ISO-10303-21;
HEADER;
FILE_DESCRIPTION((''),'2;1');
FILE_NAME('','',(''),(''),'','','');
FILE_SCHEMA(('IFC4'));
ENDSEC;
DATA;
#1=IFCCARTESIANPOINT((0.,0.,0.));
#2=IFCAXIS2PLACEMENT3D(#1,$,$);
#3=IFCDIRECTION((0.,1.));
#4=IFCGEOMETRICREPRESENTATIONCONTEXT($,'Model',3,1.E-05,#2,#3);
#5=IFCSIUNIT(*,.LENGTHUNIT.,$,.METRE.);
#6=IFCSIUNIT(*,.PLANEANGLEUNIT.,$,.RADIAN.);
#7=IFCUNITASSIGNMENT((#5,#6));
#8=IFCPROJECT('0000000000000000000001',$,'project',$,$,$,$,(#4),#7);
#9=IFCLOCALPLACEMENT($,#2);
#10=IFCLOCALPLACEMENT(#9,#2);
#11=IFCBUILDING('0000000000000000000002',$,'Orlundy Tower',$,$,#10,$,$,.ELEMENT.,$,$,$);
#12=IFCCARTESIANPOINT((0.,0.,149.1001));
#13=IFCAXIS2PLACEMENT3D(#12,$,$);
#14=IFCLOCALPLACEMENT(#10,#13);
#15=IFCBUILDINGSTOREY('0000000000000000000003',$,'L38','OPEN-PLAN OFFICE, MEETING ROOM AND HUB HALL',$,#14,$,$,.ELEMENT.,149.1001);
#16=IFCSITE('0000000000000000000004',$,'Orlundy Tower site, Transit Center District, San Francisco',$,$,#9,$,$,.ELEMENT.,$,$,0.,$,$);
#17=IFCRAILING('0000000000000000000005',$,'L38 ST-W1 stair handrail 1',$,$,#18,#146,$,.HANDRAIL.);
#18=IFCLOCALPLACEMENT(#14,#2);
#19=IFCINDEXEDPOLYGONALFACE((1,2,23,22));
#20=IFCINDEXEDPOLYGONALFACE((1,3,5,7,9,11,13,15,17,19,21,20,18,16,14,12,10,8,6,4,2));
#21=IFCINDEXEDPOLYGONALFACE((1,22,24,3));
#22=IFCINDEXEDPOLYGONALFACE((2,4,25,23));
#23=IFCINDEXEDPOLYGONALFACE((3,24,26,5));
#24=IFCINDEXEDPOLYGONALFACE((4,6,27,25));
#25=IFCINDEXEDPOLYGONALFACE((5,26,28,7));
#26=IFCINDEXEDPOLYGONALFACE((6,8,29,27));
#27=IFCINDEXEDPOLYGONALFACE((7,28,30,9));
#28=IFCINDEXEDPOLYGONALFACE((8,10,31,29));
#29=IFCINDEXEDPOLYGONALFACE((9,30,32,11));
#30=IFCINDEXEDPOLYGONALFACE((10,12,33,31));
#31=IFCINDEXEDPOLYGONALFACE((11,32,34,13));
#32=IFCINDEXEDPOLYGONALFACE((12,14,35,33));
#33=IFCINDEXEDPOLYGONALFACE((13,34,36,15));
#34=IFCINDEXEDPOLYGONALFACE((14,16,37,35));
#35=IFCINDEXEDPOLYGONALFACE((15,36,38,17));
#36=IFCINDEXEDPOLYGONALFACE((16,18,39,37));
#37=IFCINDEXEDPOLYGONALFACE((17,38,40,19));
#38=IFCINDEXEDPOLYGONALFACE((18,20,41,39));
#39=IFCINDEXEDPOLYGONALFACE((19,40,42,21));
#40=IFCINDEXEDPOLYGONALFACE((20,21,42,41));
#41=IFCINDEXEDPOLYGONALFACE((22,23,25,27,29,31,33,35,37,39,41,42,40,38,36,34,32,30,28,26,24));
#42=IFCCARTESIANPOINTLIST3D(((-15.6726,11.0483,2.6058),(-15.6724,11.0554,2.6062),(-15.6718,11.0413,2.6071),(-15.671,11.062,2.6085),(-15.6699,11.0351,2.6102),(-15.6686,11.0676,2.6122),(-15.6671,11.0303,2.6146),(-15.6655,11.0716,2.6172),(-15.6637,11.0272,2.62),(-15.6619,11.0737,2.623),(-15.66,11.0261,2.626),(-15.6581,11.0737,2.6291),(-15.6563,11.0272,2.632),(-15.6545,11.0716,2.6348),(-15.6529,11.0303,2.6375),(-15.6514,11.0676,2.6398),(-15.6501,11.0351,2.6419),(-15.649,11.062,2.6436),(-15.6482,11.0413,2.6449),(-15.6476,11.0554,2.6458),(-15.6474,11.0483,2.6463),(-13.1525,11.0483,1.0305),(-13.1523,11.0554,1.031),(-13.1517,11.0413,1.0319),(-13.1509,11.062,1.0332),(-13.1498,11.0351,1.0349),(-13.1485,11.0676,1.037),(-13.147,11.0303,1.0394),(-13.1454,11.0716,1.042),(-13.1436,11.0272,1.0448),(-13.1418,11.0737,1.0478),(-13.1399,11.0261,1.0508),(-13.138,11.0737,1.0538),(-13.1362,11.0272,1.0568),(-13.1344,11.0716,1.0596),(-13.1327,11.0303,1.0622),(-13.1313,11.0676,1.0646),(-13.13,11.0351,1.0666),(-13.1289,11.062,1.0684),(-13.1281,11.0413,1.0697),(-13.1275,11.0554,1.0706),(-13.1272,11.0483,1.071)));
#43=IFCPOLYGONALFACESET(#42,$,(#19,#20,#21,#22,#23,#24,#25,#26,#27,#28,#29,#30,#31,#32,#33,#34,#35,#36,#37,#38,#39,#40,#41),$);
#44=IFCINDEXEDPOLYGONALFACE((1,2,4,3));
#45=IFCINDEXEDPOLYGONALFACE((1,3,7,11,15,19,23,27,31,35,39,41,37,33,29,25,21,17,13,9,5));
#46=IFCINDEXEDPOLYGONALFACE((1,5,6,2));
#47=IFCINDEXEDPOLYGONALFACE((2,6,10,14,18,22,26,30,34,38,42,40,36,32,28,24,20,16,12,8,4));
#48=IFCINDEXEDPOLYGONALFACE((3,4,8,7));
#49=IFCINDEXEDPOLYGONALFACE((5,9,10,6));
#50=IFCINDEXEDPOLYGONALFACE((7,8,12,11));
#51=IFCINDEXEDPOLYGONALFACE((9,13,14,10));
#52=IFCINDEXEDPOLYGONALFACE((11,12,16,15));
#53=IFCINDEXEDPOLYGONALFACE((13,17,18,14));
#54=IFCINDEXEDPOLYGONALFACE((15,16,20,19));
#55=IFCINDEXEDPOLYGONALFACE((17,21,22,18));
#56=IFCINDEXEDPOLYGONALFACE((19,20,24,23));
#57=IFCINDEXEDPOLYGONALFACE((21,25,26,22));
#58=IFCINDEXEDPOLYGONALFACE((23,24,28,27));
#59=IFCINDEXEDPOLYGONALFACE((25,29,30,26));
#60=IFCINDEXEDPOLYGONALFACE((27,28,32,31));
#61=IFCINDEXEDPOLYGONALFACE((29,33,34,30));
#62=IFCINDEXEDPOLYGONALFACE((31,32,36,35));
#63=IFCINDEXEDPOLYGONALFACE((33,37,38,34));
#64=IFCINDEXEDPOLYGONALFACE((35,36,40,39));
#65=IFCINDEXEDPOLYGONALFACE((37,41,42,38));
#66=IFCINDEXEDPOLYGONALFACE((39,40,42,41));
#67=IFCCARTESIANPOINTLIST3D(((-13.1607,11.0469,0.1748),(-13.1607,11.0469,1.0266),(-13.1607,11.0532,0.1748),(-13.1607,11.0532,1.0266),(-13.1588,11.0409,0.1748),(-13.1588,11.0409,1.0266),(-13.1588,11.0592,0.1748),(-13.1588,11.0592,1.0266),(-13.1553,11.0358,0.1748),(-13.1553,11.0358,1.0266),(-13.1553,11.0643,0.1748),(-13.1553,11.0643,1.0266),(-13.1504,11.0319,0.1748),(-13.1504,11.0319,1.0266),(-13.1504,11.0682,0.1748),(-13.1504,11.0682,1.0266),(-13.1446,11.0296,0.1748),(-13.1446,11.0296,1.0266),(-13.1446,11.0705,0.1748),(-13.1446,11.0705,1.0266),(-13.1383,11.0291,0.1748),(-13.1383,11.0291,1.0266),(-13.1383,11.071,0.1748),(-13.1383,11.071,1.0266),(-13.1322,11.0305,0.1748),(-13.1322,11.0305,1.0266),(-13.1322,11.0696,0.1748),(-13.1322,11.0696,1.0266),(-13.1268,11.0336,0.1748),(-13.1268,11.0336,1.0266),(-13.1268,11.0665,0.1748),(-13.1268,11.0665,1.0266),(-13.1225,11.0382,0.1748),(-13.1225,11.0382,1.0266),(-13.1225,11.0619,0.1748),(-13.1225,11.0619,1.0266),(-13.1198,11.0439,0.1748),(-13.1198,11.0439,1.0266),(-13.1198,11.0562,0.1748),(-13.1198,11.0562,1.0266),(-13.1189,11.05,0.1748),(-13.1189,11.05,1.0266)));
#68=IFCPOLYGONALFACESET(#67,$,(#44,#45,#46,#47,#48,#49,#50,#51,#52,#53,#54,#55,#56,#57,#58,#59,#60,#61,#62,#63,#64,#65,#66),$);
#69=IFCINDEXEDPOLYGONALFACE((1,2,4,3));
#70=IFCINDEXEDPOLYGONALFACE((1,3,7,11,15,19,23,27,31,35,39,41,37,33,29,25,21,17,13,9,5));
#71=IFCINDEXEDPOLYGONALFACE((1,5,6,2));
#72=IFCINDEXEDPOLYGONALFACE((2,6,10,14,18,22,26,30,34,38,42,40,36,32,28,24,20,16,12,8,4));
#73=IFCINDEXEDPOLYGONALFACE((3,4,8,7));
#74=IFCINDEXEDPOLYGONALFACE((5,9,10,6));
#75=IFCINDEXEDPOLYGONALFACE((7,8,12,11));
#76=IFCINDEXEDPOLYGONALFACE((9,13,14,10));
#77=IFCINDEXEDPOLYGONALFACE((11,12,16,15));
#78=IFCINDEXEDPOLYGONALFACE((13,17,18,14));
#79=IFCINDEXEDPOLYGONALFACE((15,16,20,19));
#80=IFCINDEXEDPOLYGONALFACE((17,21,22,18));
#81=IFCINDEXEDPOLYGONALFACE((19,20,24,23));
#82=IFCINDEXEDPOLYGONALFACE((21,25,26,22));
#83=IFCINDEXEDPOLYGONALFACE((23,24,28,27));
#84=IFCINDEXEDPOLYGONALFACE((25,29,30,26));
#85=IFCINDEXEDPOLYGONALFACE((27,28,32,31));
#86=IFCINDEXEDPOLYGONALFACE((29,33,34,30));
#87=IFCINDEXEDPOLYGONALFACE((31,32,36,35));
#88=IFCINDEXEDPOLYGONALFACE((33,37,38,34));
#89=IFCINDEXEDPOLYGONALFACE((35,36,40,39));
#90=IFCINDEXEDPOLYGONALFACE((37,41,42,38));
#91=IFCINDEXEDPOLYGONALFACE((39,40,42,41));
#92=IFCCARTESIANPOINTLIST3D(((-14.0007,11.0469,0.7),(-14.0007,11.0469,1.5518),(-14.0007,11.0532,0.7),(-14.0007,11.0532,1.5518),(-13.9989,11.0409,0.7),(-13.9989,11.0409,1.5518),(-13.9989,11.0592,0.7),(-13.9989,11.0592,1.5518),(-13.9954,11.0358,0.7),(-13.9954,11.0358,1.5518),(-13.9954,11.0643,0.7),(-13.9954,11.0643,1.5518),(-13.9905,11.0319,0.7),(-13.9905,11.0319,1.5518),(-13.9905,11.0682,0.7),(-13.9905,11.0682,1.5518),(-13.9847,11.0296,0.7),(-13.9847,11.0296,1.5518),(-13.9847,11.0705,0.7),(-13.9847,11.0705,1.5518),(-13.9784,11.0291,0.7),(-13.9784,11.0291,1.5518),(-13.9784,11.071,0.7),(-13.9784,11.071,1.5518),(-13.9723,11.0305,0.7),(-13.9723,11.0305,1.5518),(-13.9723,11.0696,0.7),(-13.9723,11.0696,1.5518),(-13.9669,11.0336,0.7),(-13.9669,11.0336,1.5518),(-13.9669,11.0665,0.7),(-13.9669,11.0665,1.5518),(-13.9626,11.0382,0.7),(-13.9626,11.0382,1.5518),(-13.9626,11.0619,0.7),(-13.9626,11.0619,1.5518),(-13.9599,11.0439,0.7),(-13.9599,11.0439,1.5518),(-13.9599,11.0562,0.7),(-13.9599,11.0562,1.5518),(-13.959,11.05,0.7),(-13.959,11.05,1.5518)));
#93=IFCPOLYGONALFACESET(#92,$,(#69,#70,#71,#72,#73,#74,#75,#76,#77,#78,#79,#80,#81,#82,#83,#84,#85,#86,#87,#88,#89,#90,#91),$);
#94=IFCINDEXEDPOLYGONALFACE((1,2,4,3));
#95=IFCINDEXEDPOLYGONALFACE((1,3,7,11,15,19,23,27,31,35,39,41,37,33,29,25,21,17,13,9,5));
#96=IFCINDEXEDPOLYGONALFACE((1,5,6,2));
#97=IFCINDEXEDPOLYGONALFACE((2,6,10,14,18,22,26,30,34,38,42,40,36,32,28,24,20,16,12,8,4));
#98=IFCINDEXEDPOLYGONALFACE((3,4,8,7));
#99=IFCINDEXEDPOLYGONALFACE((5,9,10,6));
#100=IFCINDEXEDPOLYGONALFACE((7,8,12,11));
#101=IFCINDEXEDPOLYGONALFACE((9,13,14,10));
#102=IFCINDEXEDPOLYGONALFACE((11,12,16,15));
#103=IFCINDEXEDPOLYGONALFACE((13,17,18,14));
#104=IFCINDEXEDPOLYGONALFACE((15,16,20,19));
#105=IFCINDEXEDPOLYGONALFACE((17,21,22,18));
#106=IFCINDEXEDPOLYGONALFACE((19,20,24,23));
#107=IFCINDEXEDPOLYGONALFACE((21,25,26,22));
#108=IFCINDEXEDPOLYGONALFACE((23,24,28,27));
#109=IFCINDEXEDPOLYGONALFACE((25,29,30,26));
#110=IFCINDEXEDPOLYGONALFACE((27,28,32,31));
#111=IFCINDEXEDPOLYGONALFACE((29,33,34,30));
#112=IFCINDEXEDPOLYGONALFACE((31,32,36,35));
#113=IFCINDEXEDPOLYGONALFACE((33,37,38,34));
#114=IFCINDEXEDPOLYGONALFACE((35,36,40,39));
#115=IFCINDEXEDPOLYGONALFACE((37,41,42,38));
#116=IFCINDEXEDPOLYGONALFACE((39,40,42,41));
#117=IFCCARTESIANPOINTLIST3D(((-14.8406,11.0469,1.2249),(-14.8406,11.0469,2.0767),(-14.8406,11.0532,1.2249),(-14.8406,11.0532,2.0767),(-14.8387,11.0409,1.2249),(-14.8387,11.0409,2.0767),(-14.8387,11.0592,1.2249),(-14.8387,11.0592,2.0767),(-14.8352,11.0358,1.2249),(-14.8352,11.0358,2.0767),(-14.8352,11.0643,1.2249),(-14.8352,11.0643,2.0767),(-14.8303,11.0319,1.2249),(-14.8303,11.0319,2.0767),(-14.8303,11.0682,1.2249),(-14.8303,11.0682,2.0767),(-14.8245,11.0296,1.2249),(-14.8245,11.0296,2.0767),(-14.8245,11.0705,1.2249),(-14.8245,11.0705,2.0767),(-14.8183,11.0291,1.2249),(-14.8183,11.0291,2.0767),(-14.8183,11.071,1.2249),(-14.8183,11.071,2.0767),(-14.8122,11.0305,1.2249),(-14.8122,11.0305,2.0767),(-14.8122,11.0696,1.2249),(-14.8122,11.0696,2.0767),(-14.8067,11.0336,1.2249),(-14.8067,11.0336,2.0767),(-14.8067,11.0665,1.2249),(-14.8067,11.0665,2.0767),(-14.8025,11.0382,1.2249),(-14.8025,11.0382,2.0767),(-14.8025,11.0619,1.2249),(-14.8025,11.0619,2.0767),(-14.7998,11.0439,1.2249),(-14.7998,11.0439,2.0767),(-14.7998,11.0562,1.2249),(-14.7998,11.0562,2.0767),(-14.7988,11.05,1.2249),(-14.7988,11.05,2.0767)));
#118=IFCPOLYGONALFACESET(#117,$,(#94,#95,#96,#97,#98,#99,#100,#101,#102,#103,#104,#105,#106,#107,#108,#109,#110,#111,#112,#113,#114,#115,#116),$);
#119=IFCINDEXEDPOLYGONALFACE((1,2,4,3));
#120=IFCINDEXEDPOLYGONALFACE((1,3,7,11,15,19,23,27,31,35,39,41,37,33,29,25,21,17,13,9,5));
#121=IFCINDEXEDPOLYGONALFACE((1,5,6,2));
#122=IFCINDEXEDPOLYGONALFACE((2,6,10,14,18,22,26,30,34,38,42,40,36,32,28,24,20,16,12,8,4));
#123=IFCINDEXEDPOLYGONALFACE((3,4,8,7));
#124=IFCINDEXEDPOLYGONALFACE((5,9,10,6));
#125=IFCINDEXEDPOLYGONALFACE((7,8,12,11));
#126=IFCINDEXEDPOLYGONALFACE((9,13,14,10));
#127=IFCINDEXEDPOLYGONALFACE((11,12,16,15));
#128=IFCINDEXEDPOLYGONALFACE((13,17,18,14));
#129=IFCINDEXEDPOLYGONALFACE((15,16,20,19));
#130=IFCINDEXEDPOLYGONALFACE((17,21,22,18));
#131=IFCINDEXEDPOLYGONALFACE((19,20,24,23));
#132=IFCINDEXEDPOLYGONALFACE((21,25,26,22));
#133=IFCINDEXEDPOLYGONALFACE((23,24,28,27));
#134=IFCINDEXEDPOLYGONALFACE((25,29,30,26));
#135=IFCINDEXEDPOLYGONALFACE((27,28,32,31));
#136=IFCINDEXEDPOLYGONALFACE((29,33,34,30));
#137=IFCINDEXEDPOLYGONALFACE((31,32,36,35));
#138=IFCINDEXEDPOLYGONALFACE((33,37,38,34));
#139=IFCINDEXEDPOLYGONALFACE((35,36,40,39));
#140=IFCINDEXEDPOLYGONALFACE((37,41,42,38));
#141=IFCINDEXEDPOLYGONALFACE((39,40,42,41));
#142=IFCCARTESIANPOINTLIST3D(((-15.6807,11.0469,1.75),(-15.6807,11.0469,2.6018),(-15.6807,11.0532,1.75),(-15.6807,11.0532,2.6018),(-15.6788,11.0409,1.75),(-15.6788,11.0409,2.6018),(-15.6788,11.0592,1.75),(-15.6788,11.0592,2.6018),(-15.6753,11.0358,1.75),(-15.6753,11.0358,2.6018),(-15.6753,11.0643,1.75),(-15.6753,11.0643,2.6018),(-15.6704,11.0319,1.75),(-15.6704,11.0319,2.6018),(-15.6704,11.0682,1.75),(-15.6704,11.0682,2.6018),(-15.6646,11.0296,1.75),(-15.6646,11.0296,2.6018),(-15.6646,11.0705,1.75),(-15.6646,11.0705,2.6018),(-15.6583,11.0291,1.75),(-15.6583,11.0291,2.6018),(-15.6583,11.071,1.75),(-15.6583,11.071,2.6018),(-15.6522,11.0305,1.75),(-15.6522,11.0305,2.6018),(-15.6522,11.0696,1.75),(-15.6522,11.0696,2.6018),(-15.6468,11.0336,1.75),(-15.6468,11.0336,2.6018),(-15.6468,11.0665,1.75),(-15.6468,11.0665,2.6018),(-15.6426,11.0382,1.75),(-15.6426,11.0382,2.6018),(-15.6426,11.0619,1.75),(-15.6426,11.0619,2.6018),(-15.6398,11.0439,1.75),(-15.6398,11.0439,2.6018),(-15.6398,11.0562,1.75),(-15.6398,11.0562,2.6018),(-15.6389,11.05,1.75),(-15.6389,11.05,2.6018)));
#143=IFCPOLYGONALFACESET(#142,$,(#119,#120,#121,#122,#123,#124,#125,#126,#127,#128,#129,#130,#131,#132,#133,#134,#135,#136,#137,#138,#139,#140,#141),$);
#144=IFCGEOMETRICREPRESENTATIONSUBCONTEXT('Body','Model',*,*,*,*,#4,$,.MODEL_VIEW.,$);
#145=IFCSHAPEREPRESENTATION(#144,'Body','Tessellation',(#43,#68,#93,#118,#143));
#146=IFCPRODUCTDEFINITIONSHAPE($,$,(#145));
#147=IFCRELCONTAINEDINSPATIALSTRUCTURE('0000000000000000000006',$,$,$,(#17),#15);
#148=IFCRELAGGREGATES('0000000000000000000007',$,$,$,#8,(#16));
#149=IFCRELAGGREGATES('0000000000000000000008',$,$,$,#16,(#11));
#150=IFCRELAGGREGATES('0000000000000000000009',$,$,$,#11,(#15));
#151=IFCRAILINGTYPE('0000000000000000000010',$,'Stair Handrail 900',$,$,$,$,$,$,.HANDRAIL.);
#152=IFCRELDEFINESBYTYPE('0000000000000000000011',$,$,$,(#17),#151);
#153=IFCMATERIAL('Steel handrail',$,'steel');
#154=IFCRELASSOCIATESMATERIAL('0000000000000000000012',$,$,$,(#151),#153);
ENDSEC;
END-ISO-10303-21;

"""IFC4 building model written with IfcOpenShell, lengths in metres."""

from ifc_helpers import new_model, si_unit, direction, frame, origin, origin_2d, place, context, subcontext, project, spatial, circle, extrude, material, type_object, element, save


model = new_model("IFC4")

# Units and contexts
model_context = context("Model", 3, precision=1e-05, world=origin(), true_north=direction((0.0, 1.0)))
body_context = subcontext(model_context, "Body", "Model", "MODEL_VIEW")
ifc_project = project(units=[si_unit("LENGTHUNIT", "METRE"), si_unit("PLANEANGLEUNIT", "RADIAN")], contexts=[model_context])

# Site, building, storey
site_placement = place(None, origin())
site = spatial("IfcSite", under=ifc_project, at=site_placement, Name="Orlundy Tower site, Transit Center District, San Francisco", CompositionType="ELEMENT", RefElevation=0.0)
building_placement = place(site_placement, origin())
building = spatial("IfcBuilding", under=site, at=building_placement, Name="Orlundy Tower", CompositionType="ELEMENT")
storey_placement = place(building_placement, frame((0.0, 0.0, 149.1001)))
storey = spatial("IfcBuildingStorey", under=building, at=storey_placement, Name="L38", Description="OPEN-PLAN OFFICE, MEETING ROOM AND HUB HALL", CompositionType="ELEMENT", Elevation=149.1001)

# Railing
ifc_material_1 = material(Name="Steel handrail", Category="steel")
railing_type_1 = type_object("IfcRailingType", Name="Stair Handrail 900", PredefinedType="HANDRAIL", material=ifc_material_1)
railing_1_placement = place(storey_placement, frame((-13.1399, 11.05, 0.1748)))
element("IfcRailing", 1, at=railing_1_placement, inside=storey, type_object=railing_type_1, Name="L38 ST-W1 stair handrail 1", PredefinedType="HANDRAIL", context=body_context, shape_type="SweptSolid", body=[
    extrude(circle(Radius=0.0239, at=origin_2d()), frame((0.0, 0.0, 0.876), z_axis=(-0.847971, 0.0, 0.530043), x_axis=(0.0, -1.0, 0.0)), (0.0, 0.0, 1.0), 2.9719),
    extrude(circle(Radius=0.021, at=origin_2d()), origin(), (0.0, 0.0, 1.0), 0.8518),
    extrude(circle(Radius=0.021, at=origin_2d()), frame((-0.8401, 0.0, 0.5251)), (0.0, 0.0, 1.0), 0.8518),
    extrude(circle(Radius=0.021, at=origin_2d()), frame((-1.6799, 0.0, 1.05)), (0.0, 0.0, 1.0), 0.8518),
    extrude(circle(Radius=0.021, at=origin_2d()), frame((-2.52, 0.0, 1.5752)), (0.0, 0.0, 1.0), 0.8518),
])

save(model, "model.ifc")
